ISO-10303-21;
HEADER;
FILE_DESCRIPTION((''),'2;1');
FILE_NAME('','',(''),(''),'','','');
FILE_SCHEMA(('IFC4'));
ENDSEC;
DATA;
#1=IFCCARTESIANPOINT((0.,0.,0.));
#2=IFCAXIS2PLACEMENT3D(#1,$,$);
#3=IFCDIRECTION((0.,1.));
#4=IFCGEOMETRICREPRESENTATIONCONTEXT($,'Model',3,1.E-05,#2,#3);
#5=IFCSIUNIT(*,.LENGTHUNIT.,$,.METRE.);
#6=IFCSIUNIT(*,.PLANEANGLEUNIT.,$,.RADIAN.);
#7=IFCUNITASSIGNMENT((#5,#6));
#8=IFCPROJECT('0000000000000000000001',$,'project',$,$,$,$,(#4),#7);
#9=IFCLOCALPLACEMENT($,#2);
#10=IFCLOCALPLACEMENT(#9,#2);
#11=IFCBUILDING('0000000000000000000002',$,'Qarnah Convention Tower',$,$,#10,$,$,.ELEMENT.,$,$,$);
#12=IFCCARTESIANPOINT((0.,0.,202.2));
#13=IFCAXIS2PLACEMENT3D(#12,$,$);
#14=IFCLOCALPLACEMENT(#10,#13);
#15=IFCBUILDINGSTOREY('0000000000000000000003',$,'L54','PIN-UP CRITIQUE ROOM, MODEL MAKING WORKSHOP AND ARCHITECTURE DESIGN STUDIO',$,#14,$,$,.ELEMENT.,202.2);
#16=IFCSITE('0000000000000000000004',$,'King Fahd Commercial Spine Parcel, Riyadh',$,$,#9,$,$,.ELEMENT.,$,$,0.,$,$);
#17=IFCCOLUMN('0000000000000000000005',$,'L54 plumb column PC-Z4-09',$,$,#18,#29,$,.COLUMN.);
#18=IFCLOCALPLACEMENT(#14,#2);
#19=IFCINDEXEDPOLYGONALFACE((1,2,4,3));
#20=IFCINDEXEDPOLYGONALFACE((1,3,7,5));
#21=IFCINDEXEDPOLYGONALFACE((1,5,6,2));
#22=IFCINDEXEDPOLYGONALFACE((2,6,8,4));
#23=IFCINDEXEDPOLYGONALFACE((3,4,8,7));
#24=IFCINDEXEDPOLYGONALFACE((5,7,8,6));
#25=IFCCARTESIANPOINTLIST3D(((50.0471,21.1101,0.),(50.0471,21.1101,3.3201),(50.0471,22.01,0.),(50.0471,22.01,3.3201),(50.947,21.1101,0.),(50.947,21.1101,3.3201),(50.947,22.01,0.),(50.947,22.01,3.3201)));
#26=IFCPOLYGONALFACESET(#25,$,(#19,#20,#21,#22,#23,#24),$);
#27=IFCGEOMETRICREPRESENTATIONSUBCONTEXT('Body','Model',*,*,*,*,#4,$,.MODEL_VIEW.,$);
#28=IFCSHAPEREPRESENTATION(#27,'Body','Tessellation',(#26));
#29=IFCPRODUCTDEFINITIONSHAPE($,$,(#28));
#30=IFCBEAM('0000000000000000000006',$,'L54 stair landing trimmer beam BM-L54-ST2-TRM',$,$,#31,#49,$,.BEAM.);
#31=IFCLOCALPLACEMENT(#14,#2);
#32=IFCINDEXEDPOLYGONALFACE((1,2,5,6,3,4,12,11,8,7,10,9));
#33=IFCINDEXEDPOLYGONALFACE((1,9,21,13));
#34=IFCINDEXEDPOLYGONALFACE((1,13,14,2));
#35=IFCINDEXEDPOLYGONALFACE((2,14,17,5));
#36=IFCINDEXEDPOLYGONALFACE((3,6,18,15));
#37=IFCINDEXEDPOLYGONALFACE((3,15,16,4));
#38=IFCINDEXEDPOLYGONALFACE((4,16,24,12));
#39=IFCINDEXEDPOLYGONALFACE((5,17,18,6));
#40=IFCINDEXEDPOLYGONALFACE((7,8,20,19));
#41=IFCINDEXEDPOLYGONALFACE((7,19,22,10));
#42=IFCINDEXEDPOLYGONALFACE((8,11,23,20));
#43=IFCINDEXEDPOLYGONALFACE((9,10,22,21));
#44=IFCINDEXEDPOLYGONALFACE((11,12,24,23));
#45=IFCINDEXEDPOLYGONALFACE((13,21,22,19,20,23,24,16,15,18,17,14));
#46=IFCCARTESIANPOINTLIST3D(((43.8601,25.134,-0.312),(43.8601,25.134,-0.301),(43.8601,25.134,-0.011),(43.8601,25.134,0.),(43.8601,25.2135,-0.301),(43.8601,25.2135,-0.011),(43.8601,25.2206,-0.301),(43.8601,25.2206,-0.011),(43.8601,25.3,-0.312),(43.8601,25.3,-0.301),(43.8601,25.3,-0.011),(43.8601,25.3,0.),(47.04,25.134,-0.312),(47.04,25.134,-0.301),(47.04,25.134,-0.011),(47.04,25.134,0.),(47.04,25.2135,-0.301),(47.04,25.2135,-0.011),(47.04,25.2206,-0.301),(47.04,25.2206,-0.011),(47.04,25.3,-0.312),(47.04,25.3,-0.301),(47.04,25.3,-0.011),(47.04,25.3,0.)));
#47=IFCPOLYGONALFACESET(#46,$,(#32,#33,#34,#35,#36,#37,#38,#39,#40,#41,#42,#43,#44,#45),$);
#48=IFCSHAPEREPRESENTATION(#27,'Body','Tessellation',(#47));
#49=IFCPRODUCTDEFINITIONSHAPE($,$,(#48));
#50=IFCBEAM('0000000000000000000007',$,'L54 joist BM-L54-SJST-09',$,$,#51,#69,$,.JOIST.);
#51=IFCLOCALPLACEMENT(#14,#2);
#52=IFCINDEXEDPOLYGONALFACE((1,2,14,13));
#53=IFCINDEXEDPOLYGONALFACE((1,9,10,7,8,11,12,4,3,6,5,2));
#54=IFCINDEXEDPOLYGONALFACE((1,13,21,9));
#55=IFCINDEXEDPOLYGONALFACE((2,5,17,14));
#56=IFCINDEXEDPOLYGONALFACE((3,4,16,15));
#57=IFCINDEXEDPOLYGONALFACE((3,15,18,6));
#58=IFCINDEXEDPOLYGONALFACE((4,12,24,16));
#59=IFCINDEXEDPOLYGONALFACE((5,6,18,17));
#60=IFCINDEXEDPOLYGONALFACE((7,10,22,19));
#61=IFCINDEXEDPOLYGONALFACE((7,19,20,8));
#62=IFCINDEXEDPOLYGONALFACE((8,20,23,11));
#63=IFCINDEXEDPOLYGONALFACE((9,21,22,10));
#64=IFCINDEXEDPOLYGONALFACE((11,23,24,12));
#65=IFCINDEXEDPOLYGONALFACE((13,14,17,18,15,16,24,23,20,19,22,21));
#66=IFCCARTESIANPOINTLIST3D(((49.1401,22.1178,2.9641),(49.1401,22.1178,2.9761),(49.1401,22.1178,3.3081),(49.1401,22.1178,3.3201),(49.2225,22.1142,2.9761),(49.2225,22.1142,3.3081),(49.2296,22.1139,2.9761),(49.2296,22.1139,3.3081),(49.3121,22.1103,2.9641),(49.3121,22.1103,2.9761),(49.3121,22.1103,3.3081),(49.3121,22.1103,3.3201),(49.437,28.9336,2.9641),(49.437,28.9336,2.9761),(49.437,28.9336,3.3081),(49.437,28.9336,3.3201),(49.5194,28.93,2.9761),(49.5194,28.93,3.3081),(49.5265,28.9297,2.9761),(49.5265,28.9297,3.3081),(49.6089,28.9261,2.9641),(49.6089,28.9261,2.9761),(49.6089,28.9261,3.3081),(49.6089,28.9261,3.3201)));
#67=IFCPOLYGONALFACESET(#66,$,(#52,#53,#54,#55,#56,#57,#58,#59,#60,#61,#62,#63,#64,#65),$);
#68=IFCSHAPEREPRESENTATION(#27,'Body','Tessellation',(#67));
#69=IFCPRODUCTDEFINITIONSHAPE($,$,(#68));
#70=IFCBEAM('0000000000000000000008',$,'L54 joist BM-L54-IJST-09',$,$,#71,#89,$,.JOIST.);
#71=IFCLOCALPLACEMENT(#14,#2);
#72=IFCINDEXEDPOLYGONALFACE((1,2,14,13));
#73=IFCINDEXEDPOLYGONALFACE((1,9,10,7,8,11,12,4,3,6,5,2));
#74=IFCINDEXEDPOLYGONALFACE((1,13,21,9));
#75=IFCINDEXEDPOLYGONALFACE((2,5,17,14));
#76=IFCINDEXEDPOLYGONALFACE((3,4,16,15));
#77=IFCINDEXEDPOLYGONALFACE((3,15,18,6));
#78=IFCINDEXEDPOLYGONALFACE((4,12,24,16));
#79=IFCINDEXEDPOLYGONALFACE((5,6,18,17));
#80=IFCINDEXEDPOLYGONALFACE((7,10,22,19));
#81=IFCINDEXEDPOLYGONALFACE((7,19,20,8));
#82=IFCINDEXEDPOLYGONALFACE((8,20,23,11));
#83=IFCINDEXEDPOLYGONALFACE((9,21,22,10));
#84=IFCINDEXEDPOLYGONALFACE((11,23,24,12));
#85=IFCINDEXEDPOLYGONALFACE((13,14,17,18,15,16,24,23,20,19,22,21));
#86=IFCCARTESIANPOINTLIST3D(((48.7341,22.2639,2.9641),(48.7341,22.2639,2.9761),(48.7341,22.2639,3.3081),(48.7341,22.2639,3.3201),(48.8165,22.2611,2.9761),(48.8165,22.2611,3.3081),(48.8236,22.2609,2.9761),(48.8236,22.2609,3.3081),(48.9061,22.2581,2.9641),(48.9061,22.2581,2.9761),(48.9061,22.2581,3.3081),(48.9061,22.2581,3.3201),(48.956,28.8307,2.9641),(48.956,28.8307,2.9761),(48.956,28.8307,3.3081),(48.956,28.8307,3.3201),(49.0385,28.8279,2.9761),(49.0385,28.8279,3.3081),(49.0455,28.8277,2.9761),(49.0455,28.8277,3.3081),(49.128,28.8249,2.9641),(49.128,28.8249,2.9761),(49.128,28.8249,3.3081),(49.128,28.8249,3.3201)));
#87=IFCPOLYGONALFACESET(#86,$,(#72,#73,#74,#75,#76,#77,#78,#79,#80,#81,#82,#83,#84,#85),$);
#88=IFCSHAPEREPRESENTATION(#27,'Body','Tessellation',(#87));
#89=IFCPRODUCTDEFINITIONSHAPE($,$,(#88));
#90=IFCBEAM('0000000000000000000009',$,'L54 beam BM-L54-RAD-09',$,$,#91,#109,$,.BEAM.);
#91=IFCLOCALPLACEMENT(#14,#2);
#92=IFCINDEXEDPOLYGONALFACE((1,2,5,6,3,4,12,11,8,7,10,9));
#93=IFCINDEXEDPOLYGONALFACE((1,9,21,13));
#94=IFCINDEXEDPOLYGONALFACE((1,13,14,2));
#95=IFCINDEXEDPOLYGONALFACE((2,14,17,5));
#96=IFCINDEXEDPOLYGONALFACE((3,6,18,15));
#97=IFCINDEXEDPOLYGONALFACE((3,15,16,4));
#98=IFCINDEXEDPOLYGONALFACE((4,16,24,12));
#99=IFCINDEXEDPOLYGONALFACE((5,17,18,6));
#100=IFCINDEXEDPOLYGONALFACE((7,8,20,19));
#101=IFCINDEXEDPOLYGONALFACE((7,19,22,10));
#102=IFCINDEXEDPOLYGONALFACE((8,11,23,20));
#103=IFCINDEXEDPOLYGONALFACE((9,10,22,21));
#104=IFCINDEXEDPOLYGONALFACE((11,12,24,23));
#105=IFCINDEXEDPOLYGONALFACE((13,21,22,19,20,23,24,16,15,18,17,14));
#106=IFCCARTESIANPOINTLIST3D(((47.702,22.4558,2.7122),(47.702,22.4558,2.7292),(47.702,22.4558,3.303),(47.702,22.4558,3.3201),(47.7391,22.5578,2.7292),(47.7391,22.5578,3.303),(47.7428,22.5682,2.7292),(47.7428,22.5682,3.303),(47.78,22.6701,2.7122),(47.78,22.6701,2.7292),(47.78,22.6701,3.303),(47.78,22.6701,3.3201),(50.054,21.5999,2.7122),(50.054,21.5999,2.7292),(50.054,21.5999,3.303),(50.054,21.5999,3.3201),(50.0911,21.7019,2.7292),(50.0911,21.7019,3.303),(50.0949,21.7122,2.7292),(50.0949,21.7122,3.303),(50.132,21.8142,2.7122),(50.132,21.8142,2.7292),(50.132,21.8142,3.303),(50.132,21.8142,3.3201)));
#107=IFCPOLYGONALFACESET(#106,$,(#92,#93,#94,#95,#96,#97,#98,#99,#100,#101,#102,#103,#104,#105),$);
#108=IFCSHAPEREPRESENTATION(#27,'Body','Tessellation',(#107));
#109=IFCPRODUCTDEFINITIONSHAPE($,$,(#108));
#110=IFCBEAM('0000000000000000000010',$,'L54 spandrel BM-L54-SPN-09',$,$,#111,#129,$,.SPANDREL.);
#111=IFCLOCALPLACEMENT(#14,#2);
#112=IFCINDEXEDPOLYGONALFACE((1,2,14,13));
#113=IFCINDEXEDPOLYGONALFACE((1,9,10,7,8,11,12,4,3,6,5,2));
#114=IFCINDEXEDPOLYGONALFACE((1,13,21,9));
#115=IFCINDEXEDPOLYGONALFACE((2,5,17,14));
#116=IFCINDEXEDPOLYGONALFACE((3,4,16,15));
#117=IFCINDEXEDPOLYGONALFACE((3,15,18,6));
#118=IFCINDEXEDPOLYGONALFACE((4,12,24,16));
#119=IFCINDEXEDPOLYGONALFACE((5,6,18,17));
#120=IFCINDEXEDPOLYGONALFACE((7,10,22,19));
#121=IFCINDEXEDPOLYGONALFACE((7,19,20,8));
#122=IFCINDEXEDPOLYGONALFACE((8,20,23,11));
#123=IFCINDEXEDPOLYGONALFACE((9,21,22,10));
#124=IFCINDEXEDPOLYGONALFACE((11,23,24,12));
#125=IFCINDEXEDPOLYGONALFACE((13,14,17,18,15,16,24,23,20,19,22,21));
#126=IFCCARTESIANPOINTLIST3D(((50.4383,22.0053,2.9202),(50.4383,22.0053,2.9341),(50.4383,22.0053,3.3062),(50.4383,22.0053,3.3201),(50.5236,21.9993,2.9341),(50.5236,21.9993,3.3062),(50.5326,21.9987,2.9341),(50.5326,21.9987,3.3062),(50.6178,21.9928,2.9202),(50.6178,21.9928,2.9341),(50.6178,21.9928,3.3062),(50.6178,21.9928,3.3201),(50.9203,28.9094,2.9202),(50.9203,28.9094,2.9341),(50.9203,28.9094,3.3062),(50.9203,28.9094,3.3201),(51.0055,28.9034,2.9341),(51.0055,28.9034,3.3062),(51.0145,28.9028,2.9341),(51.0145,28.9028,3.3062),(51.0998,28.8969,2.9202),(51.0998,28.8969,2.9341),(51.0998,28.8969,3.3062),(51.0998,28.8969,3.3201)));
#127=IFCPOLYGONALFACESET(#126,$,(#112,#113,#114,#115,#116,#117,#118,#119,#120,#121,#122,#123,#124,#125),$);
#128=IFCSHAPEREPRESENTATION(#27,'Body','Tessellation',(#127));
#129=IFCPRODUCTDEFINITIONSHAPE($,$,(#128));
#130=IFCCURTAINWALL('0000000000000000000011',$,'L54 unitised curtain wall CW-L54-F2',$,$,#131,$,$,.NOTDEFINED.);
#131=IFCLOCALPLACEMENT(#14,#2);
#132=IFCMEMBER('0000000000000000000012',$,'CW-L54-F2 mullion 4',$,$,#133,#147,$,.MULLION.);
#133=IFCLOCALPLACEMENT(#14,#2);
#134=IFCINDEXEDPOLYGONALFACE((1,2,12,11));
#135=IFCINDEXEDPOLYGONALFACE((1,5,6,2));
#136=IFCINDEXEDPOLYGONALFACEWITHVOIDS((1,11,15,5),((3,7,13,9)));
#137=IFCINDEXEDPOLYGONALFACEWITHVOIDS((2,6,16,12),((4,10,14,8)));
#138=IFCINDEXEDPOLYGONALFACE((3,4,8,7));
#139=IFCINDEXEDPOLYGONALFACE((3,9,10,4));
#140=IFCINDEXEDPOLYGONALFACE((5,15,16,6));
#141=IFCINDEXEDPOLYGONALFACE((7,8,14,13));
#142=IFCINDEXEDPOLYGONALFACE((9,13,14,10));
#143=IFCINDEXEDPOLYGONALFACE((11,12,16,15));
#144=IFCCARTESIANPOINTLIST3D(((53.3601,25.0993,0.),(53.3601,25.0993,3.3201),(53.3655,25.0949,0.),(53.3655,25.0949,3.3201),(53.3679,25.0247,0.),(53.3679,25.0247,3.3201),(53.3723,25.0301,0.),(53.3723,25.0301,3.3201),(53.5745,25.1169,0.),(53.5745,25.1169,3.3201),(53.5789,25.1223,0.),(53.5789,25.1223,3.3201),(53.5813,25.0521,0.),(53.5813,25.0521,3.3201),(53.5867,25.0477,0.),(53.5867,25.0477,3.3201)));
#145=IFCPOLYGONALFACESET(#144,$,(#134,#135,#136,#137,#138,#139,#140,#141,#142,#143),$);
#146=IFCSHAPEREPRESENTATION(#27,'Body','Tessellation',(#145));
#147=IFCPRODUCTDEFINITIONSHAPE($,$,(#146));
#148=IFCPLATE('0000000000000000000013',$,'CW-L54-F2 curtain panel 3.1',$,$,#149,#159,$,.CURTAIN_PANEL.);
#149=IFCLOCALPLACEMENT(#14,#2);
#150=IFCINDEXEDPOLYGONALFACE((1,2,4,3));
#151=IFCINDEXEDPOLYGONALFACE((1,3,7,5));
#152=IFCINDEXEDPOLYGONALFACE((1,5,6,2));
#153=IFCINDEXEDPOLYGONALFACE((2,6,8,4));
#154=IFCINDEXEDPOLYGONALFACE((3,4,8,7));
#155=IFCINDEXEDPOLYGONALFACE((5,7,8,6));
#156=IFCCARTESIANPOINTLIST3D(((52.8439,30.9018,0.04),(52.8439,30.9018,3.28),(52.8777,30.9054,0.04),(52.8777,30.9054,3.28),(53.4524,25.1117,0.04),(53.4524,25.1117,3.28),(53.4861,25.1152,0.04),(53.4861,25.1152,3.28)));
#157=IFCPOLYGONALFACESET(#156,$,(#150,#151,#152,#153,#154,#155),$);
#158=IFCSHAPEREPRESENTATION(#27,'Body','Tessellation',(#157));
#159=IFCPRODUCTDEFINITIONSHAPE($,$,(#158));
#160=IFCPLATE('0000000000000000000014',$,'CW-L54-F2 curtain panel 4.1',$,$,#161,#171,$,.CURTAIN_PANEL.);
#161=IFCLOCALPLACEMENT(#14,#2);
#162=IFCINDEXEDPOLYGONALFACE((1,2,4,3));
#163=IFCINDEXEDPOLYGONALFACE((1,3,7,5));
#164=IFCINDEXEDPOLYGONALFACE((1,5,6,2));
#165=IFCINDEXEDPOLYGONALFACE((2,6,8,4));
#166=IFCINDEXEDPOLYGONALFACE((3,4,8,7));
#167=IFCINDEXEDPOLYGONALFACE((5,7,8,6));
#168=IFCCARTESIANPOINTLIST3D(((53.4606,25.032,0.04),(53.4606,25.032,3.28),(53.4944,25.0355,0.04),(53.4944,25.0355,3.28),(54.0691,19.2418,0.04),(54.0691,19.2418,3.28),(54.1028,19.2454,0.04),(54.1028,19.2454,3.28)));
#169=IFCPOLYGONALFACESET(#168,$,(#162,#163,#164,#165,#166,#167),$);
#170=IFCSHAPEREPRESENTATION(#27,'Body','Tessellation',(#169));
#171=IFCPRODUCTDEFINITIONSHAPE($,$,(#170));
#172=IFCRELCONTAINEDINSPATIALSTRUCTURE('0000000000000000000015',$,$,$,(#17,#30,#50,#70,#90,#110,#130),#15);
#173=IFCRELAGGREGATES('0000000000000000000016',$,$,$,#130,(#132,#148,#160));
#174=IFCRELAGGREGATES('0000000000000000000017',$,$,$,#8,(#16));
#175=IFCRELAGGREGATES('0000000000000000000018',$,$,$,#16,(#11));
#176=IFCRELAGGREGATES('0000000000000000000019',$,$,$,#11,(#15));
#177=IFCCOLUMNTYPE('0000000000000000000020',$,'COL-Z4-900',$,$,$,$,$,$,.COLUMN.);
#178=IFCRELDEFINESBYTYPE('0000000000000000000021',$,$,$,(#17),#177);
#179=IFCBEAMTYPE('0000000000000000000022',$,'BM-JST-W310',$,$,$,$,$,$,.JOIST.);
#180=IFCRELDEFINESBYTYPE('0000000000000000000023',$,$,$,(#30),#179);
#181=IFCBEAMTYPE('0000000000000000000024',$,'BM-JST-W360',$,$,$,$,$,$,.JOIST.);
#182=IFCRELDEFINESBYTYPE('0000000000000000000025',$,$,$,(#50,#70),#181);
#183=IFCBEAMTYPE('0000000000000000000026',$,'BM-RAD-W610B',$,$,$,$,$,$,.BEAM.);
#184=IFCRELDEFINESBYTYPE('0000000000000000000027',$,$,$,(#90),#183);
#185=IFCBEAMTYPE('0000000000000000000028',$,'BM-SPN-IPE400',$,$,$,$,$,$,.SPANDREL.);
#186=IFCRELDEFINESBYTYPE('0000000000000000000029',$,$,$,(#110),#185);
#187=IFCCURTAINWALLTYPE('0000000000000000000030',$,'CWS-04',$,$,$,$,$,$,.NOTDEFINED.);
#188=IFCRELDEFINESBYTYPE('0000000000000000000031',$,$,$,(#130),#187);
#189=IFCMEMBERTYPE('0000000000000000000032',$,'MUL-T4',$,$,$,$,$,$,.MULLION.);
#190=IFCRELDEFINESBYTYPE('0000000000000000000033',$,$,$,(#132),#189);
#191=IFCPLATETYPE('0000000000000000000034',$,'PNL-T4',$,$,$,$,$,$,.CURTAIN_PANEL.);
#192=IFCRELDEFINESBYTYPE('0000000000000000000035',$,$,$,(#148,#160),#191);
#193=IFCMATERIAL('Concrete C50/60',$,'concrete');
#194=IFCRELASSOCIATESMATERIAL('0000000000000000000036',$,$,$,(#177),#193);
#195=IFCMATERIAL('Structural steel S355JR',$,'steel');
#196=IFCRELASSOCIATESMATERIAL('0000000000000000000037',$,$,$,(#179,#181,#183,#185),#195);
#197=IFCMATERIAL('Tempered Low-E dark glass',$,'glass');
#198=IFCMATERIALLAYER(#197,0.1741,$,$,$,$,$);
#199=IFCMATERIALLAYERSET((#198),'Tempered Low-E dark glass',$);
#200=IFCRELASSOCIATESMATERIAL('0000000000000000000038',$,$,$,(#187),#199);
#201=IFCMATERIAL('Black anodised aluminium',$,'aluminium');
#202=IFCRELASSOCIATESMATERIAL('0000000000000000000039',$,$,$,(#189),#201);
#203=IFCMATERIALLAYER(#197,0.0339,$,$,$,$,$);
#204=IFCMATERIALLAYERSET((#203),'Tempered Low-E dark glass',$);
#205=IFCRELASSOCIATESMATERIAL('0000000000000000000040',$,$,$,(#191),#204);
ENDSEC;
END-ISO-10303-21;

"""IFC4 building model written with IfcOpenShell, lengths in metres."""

from ifc_helpers import new_model, si_unit, direction, frame, origin, origin_2d, place, context, subcontext, project, spatial, rectangle, hollow_rectangle, i_section, extrude, material, layer, layer_set, material_profile, profile_set, type_object, element, aggregate, save


model = new_model("IFC4")

# Units and contexts
model_context = context("Model", 3, precision=1e-05, world=origin(), true_north=direction((0.0, 1.0)))
body_context = subcontext(model_context, "Body", "Model", "MODEL_VIEW")
ifc_project = project(units=[si_unit("LENGTHUNIT", "METRE"), si_unit("PLANEANGLEUNIT", "RADIAN")], contexts=[model_context])

# Site, building, storey
site_placement = place(None, origin())
site = spatial("IfcSite", under=ifc_project, at=site_placement, Name="King Fahd Commercial Spine Parcel, Riyadh", CompositionType="ELEMENT", RefElevation=0.0)
building_placement = place(site_placement, origin())
building = spatial("IfcBuilding", under=site, at=building_placement, Name="Qarnah Convention Tower", CompositionType="ELEMENT")
storey_placement = place(building_placement, frame((0.0, 0.0, 202.2)))
storey = spatial("IfcBuildingStorey", under=building, at=storey_placement, Name="L54", Description="PIN-UP CRITIQUE ROOM, MODEL MAKING WORKSHOP AND ARCHITECTURE DESIGN STUDIO", CompositionType="ELEMENT", Elevation=202.2)

# Column
ifc_material_1 = material(Name="Concrete C50/60", Category="concrete")
ifc_material_profile_1 = material_profile(ifc_material_1, rectangle(XDim=0.8999, YDim=0.8999, at=origin_2d()), Name="RC-COL-900X900")
ifc_profile_set_1 = profile_set([ifc_material_profile_1], Name="Concrete C50/60")
column_type = type_object("IfcColumnType", Name="COL-Z4-900", PredefinedType="COLUMN", material=ifc_profile_set_1)
column_placement = place(storey_placement, frame((50.4971, 21.5601, 0.0), z_axis=(0.0, 0.0, 1.0), x_axis=(1.0, 0.0, 0.0)))
element("IfcColumn", 1, at=column_placement, inside=storey, type_object=column_type, Name="L54 plumb column PC-Z4-09", PredefinedType="COLUMN", context=body_context, shape_type="SweptSolid", body=[
    extrude(rectangle(XDim=0.8999, YDim=0.8999, at=origin_2d()), origin(), (0.0, 0.0, 1.0), 3.3201),
])

# Beams
ifc_material_2 = material(Name="Structural steel S355JR", Category="steel")
ifc_material_profile_2 = material_profile(ifc_material_2, i_section(OverallWidth=0.166, OverallDepth=0.312, WebThickness=0.0071, FlangeThickness=0.011, at=origin_2d()), Name="W310X45")
ifc_profile_set_2 = profile_set([ifc_material_profile_2], Name="Structural steel S355JR")
beam_type_1 = type_object("IfcBeamType", Name="BM-JST-W310", PredefinedType="JOIST", material=ifc_profile_set_2)
beam_1_placement = place(storey_placement, frame((43.8601, 25.217, -0.156), z_axis=(1.0, 0.0, 0.0), x_axis=(0.0, 1.0, 0.0)))
element("IfcBeam", 2, at=beam_1_placement, inside=storey, type_object=beam_type_1, Name="L54 stair landing trimmer beam BM-L54-ST2-TRM", PredefinedType="BEAM", context=body_context, shape_type="SweptSolid", body=[
    extrude(i_section(OverallWidth=0.166, OverallDepth=0.312, WebThickness=0.0071, FlangeThickness=0.011, at=origin_2d()), origin(), (0.0, 0.0, 1.0), 3.1799),
])
ifc_material_profile_3 = material_profile(ifc_material_2, i_section(OverallWidth=0.1721, OverallDepth=0.356, WebThickness=0.0071, FlangeThickness=0.012, at=origin_2d()), Name="W360X51")
ifc_profile_set_3 = profile_set([ifc_material_profile_3], Name="Structural steel S355JR")
beam_type_2 = type_object("IfcBeamType", Name="BM-JST-W360", PredefinedType="JOIST", material=ifc_profile_set_3)
beam_2_placement = place(storey_placement, frame((49.2261, 22.114, 3.1421), z_axis=(0.043515, 0.999053, 0.0), x_axis=(-0.999053, 0.043515, 0.0)))
element("IfcBeam", 3, at=beam_2_placement, inside=storey, type_object=beam_type_2, Name="L54 joist BM-L54-SJST-09", PredefinedType="JOIST", context=body_context, shape_type="SweptSolid", body=[
    extrude(i_section(OverallWidth=0.1721, OverallDepth=0.356, WebThickness=0.0071, FlangeThickness=0.012, at=origin_2d()), origin(), (0.0, 0.0, 1.0), 6.8223),
])
beam_3_placement = place(storey_placement, frame((48.8201, 22.261, 3.1421), z_axis=(0.033775, 0.999429, 0.0), x_axis=(-0.999429, 0.033775, 0.0)))
element("IfcBeam", 4, at=beam_3_placement, inside=storey, type_object=beam_type_2, Name="L54 joist BM-L54-IJST-09", PredefinedType="JOIST", context=body_context, shape_type="SweptSolid", body=[
    extrude(i_section(OverallWidth=0.1721, OverallDepth=0.356, WebThickness=0.0071, FlangeThickness=0.012, at=origin_2d()), origin(), (0.0, 0.0, 1.0), 6.5706),
])
ifc_material_profile_4 = material_profile(ifc_material_2, i_section(OverallWidth=0.228, OverallDepth=0.6079, WebThickness=0.011, FlangeThickness=0.0171, at=origin_2d()), Name="W610X113")
ifc_profile_set_4 = profile_set([ifc_material_profile_4], Name="Structural steel S355JR")
beam_type_3 = type_object("IfcBeamType", Name="BM-RAD-W610B", PredefinedType="BEAM", material=ifc_profile_set_4)
beam_4_placement = place(storey_placement, frame((47.741, 22.563, 3.0161), z_axis=(0.939708, -0.341978, 0.0), x_axis=(0.341978, 0.939708, 0.0)))
element("IfcBeam", 5, at=beam_4_placement, inside=storey, type_object=beam_type_3, Name="L54 beam BM-L54-RAD-09", PredefinedType="BEAM", context=body_context, shape_type="SweptSolid", body=[
    extrude(i_section(OverallWidth=0.228, OverallDepth=0.6079, WebThickness=0.011, FlangeThickness=0.0171, at=origin_2d()), origin(), (0.0, 0.0, 1.0), 2.5029),
])
ifc_material_profile_5 = material_profile(ifc_material_2, i_section(OverallWidth=0.1799, OverallDepth=0.3999, WebThickness=0.009, FlangeThickness=0.0139, at=origin_2d()), Name="IPE400")
ifc_profile_set_5 = profile_set([ifc_material_profile_5], Name="Structural steel S355JR")
beam_type_4 = type_object("IfcBeamType", Name="BM-SPN-IPE400", PredefinedType="SPANDREL", material=ifc_profile_set_5)
beam_5_placement = place(storey_placement, frame((50.5281, 21.999, 3.1201), z_axis=(0.069635, 0.997573, 0.0), x_axis=(-0.997573, 0.069635, 0.0)))
element("IfcBeam", 6, at=beam_5_placement, inside=storey, type_object=beam_type_4, Name="L54 spandrel BM-L54-SPN-09", PredefinedType="SPANDREL", context=body_context, shape_type="SweptSolid", body=[
    extrude(i_section(OverallWidth=0.1799, OverallDepth=0.3999, WebThickness=0.009, FlangeThickness=0.0139, at=origin_2d()), origin(), (0.0, 0.0, 1.0), 6.9209),
])

# Curtain wall, member, plates
ifc_material_3 = material(Name="Tempered Low-E dark glass", Category="glass")
ifc_layer_1 = layer(ifc_material_3, 0.1741)
ifc_layer_set_1 = layer_set([ifc_layer_1], Name="Tempered Low-E dark glass")
curtain_wall_type = type_object("IfcCurtainWallType", Name="CWS-04", PredefinedType="NOTDEFINED", material=ifc_layer_set_1)
curtain_wall_placement = place(storey_placement, origin())
curtain_wall = element("IfcCurtainWall", 7, at=curtain_wall_placement, inside=storey, type_object=curtain_wall_type, Name="L54 unitised curtain wall CW-L54-F2", PredefinedType="NOTDEFINED")
ifc_material_4 = material(Name="Black anodised aluminium", Category="aluminium")
ifc_material_profile_6 = material_profile(ifc_material_4, hollow_rectangle(XDim=0.075, YDim=0.22, WallThickness=0.0049, at=origin_2d()), Name="MUL-75X220")
ifc_profile_set_6 = profile_set([ifc_material_profile_6], Name="Black anodised aluminium")
member_type = type_object("IfcMemberType", Name="MUL-T4", PredefinedType="MULLION", material=ifc_profile_set_6)
member_placement = place(storey_placement, frame((53.4734, 25.0735, 0.0), z_axis=(0.0, 0.0, 1.0), x_axis=(0.104505, -0.994524, 0.0)))
member = element("IfcMember", 8, at=member_placement, type_object=member_type, Name="CW-L54-F2 mullion 4", PredefinedType="MULLION", context=body_context, shape_type="SweptSolid", body=[
    extrude(hollow_rectangle(XDim=0.075, YDim=0.22, WallThickness=0.0049, at=origin_2d()), origin(), (0.0, 0.0, 1.0), 3.3201),
])
ifc_layer_2 = layer(ifc_material_3, 0.0339)
ifc_layer_set_2 = layer_set([ifc_layer_2], Name="Tempered Low-E dark glass")
plate_type = type_object("IfcPlateType", Name="PNL-T4", PredefinedType="CURTAIN_PANEL", material=ifc_layer_set_2)
plate_1_placement = place(storey_placement, frame((53.165, 28.0085, 0.04), z_axis=(0.0, 0.0, 1.0), x_axis=(0.104505, -0.994524, 0.0)))
plate_1 = element("IfcPlate", 9, at=plate_1_placement, type_object=plate_type, Name="CW-L54-F2 curtain panel 3.1", PredefinedType="CURTAIN_PANEL", context=body_context, shape_type="SweptSolid", body=[
    extrude(rectangle(XDim=5.822, YDim=0.0339, at=origin_2d()), origin(), (0.0, 0.0, 1.0), 3.24),
])
plate_2_placement = place(storey_placement, frame((53.7817, 22.1387, 0.04), z_axis=(0.0, 0.0, 1.0), x_axis=(0.104505, -0.994524, 0.0)))
plate_2 = element("IfcPlate", 10, at=plate_2_placement, type_object=plate_type, Name="CW-L54-F2 curtain panel 4.1", PredefinedType="CURTAIN_PANEL", context=body_context, shape_type="SweptSolid", body=[
    extrude(rectangle(XDim=5.822, YDim=0.0339, at=origin_2d()), origin(), (0.0, 0.0, 1.0), 3.24),
])
aggregate(curtain_wall, [member, plate_1, plate_2])

save(model, "model.ifc")
